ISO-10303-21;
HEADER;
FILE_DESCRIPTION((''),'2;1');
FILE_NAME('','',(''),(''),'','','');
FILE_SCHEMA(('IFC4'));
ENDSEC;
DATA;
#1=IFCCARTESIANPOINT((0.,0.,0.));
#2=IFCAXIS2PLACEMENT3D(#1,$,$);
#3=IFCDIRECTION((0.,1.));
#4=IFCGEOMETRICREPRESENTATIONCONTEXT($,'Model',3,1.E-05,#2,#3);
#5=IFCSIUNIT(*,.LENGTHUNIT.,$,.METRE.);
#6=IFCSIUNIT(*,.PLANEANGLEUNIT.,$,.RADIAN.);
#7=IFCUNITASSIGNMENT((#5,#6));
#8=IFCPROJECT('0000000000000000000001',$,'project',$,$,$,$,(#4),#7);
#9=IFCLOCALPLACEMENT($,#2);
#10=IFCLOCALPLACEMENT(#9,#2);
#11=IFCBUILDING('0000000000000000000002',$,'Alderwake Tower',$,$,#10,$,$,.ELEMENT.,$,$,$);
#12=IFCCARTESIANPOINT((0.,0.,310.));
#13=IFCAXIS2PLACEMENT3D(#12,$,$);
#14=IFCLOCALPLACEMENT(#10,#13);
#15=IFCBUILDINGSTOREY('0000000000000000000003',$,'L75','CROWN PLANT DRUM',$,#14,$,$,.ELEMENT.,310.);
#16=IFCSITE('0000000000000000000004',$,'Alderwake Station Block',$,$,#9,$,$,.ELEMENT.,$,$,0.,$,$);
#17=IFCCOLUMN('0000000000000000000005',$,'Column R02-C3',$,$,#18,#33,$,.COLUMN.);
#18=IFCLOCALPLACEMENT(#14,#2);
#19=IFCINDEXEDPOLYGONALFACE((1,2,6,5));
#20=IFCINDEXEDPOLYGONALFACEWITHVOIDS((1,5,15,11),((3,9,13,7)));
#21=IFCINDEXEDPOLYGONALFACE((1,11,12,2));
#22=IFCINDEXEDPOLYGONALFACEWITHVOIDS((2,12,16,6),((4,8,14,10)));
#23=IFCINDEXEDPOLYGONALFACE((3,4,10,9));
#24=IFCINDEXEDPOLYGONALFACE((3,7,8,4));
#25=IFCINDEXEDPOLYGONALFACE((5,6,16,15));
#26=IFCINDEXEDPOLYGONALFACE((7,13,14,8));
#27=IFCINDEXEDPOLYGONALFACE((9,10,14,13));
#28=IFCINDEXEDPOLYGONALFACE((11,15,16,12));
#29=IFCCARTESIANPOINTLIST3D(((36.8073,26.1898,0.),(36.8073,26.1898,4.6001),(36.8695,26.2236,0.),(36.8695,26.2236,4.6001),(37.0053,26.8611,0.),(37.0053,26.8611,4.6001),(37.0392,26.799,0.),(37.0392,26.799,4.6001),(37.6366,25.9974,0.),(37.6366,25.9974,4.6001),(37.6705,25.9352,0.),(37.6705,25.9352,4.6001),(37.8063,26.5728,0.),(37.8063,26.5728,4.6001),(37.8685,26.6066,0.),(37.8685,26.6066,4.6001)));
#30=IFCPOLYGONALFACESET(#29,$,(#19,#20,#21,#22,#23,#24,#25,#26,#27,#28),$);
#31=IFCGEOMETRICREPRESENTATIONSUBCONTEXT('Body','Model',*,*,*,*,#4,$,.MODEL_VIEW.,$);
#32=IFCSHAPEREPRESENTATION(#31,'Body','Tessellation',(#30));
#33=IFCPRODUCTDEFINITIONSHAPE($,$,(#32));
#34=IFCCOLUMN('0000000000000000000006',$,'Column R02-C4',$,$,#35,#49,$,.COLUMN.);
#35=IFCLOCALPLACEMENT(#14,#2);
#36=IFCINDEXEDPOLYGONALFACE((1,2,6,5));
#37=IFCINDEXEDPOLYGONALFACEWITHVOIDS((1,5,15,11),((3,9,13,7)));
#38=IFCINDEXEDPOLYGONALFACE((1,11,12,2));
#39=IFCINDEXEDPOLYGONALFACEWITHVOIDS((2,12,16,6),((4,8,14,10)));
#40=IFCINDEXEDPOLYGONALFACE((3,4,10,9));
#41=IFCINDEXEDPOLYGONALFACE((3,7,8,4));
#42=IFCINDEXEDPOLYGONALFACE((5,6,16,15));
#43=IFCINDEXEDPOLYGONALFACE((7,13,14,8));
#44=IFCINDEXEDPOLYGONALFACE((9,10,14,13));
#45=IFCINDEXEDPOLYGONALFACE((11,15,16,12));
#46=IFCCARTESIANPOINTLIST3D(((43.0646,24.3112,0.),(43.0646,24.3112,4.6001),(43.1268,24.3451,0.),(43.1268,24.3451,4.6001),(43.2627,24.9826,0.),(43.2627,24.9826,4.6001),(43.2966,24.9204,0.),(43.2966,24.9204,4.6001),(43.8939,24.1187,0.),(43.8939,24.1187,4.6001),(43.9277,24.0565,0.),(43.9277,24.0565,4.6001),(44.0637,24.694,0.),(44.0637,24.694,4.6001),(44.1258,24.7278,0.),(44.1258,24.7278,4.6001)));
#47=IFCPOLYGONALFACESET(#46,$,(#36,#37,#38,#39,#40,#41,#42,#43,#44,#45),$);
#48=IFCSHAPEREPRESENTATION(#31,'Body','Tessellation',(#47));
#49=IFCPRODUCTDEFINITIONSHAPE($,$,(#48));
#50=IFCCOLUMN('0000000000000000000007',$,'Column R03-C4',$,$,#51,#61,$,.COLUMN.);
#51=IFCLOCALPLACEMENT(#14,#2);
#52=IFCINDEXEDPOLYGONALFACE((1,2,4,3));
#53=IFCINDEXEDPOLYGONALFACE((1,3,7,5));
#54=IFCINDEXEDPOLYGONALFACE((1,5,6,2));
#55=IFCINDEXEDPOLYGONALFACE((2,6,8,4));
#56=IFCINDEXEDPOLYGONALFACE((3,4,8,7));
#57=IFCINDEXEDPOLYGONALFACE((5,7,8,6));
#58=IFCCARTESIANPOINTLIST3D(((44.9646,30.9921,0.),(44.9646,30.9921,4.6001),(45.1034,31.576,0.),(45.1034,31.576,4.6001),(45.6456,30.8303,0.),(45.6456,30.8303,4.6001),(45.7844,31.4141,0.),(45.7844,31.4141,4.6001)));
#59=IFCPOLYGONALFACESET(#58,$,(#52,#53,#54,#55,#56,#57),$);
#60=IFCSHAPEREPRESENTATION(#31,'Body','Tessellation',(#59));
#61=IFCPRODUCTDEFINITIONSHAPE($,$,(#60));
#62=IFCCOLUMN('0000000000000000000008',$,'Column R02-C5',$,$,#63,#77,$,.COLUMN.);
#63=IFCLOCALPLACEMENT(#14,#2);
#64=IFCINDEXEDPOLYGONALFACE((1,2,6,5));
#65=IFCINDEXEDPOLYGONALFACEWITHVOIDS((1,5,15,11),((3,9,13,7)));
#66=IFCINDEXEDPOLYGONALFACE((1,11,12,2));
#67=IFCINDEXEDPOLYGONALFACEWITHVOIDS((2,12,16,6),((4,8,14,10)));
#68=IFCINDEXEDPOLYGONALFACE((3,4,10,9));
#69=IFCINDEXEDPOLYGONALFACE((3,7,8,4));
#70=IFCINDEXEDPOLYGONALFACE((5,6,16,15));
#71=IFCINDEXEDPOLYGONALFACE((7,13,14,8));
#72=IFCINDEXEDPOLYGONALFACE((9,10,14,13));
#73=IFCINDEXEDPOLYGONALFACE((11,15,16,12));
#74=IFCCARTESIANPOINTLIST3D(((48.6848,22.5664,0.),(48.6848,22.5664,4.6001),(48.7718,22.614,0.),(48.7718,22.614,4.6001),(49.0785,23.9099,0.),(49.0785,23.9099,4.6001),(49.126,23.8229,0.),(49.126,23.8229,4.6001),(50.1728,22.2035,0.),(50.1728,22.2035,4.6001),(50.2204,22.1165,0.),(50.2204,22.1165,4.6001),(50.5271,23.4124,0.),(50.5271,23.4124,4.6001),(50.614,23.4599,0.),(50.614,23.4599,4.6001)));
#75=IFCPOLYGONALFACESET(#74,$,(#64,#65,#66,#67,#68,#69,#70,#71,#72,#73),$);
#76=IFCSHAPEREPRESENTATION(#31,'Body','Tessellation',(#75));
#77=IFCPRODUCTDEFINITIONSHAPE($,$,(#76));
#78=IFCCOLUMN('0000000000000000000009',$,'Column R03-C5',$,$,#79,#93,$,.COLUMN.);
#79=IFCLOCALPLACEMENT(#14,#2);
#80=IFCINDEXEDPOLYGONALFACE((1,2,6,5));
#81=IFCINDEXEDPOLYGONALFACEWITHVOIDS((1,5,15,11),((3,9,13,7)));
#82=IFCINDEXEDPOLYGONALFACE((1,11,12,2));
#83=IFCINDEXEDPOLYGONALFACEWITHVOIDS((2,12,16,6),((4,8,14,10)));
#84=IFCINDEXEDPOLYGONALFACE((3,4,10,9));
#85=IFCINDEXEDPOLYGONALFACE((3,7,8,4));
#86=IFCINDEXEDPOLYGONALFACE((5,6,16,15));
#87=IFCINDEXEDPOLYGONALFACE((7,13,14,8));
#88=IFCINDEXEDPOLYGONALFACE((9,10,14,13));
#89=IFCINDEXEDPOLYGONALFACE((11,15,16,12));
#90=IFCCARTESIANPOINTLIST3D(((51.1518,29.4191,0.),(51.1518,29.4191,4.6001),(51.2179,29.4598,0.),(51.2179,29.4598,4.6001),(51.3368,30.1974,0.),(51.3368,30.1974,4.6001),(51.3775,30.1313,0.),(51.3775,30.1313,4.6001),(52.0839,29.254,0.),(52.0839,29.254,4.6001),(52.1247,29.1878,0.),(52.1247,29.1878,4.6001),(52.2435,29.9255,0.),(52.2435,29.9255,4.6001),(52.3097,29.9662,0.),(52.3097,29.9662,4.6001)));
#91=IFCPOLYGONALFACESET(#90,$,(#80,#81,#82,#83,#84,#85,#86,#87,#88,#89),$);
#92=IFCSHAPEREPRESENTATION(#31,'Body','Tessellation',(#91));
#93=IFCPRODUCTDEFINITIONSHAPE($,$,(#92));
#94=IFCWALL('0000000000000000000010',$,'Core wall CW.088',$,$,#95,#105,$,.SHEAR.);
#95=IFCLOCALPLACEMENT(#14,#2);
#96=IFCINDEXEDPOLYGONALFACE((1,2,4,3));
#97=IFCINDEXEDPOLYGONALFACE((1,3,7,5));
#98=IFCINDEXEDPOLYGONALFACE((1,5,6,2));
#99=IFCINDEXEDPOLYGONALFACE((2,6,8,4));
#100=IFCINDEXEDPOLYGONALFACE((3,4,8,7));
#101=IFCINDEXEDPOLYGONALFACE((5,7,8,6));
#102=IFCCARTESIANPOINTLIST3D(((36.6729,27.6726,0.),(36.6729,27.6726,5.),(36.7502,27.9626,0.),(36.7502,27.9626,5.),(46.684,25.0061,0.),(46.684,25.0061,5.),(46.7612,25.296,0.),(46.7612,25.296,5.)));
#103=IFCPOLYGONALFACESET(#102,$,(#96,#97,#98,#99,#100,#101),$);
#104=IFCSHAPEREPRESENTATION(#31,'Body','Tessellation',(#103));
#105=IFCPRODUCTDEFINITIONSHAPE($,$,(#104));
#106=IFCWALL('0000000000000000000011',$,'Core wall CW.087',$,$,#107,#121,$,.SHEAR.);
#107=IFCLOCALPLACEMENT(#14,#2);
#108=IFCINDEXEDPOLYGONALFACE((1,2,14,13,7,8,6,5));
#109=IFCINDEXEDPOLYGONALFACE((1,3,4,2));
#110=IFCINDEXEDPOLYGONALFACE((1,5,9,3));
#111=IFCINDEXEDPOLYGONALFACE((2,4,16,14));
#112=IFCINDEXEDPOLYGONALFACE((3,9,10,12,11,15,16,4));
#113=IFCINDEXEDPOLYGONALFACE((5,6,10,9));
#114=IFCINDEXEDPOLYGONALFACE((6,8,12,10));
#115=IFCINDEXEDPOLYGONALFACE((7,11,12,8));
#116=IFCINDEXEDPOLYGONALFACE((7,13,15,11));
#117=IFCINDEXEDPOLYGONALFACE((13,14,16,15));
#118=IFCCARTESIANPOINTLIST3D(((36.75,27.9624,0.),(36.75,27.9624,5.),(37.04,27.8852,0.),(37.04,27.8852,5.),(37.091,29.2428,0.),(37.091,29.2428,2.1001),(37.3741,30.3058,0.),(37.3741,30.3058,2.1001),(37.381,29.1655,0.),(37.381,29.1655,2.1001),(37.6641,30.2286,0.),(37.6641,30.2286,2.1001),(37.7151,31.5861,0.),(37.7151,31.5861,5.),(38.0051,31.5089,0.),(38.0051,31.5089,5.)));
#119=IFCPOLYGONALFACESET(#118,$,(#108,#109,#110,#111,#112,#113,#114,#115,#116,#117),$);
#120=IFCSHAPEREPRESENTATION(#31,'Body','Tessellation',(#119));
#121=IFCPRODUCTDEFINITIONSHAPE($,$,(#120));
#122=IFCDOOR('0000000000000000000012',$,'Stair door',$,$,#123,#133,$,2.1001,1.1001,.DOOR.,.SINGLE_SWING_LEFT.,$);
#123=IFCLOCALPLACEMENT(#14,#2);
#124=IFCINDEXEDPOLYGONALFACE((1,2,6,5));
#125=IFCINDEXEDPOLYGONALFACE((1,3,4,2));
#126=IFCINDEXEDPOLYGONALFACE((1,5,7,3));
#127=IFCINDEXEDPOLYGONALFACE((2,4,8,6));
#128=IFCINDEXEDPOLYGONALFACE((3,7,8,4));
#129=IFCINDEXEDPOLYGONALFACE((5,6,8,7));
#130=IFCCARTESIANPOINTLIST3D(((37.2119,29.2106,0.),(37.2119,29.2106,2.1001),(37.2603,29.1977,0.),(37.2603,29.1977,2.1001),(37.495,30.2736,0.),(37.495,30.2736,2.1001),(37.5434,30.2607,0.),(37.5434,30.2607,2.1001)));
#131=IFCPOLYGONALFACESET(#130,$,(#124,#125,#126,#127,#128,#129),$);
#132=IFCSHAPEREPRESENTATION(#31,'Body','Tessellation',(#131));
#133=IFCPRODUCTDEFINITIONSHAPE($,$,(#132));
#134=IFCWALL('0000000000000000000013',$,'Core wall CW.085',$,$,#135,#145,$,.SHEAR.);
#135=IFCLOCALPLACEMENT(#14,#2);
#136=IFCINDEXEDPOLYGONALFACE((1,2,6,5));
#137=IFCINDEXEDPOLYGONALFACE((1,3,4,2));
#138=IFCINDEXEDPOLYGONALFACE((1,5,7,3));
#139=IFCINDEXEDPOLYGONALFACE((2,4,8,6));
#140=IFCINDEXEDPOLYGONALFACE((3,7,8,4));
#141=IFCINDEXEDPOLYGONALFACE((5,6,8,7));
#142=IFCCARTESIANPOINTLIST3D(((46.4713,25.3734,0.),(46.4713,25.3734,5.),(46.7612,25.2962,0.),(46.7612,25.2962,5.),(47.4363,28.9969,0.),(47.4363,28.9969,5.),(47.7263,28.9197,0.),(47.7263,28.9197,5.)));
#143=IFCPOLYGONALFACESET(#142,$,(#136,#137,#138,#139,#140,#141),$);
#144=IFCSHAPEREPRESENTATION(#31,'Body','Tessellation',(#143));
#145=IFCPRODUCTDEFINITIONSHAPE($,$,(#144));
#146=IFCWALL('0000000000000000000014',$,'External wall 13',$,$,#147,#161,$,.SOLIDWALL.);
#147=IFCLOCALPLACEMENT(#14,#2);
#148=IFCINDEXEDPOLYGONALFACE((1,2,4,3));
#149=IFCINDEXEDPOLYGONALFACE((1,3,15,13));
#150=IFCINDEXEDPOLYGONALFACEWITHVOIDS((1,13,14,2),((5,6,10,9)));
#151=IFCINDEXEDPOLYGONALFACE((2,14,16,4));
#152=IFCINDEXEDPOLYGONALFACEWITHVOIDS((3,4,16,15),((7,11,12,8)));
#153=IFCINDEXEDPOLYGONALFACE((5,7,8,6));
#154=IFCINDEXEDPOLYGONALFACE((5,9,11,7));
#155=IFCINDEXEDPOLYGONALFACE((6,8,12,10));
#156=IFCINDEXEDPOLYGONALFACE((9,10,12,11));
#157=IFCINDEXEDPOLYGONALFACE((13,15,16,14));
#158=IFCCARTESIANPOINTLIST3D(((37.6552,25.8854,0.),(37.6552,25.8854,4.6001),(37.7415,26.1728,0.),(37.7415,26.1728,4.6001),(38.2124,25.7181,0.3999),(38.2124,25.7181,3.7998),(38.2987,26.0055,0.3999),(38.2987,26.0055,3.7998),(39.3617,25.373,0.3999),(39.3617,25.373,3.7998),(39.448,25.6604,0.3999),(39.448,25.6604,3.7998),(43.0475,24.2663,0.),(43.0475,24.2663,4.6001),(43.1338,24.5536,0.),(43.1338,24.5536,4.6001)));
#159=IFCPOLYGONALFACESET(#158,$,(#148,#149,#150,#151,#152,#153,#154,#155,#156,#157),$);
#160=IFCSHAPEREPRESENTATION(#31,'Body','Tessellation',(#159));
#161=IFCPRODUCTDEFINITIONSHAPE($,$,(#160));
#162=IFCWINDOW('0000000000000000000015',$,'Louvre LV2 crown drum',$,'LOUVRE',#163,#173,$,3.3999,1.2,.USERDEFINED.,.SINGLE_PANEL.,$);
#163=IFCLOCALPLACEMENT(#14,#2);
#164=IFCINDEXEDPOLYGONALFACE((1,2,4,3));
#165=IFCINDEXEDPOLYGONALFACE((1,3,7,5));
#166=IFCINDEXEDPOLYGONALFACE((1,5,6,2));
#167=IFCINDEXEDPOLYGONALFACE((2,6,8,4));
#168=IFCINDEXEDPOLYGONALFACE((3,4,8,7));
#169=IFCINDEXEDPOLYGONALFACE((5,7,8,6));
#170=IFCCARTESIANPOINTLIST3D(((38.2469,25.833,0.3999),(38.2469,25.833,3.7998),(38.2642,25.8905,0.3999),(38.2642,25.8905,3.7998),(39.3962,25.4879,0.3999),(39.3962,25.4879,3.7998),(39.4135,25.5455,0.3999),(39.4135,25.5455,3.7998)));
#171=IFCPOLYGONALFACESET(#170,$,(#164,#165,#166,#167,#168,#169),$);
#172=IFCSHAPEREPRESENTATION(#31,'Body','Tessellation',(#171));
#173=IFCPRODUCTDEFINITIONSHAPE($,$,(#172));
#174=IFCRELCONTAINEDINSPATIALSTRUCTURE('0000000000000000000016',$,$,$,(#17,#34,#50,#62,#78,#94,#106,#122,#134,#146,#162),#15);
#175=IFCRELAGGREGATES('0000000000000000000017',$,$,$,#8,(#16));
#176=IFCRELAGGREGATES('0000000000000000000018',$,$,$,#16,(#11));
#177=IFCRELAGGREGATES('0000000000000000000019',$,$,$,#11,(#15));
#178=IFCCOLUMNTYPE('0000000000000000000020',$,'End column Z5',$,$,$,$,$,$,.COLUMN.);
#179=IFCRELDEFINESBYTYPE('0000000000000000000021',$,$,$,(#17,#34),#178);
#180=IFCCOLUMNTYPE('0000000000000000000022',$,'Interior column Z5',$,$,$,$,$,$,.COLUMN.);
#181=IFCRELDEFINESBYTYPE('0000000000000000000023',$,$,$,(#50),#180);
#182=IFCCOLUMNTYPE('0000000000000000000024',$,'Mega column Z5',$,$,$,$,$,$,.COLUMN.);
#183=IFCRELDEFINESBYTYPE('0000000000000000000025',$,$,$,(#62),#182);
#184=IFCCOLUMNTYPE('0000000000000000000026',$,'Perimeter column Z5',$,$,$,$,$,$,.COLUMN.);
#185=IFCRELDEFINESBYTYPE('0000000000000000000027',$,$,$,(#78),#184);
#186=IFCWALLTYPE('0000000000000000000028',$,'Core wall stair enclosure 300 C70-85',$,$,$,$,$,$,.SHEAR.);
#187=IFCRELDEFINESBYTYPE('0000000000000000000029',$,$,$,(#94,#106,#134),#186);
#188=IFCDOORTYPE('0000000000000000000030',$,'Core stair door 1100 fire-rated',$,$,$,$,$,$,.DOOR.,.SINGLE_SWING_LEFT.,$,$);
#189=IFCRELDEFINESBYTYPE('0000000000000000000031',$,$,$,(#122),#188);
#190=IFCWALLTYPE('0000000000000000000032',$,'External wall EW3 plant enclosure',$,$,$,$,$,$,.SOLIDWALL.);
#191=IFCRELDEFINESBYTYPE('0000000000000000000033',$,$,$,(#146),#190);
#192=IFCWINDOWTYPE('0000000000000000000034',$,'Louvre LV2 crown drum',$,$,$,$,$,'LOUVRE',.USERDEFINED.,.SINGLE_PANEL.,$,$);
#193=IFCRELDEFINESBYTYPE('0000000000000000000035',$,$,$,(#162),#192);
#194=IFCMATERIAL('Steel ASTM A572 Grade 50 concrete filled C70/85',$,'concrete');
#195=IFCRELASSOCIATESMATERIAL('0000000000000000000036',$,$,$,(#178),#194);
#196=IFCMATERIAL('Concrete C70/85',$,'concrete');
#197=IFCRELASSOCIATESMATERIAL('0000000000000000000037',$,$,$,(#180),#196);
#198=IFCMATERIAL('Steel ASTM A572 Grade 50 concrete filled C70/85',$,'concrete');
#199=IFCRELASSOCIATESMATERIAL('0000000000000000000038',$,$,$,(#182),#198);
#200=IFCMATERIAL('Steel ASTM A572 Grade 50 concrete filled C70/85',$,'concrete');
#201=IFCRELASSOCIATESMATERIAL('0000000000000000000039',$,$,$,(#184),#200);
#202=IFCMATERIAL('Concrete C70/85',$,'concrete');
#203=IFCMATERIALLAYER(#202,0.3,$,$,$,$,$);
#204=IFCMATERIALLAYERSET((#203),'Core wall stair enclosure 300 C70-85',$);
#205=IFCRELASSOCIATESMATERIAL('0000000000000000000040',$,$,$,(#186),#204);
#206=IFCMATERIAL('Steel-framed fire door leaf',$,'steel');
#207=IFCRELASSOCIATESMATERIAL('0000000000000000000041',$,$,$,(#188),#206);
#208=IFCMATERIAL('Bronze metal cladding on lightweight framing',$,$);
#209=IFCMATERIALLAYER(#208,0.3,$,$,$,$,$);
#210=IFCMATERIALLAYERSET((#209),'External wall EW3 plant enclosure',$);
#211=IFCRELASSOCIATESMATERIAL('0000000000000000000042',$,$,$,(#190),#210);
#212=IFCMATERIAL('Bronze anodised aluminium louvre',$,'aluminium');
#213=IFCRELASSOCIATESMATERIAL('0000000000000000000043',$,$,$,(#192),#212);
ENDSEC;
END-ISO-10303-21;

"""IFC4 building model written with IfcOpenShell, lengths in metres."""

from ifc_helpers import new_model, si_unit, direction, frame, frame_2d, origin, origin_2d, place, context, subcontext, project, spatial, rectangle, hollow_rectangle, extrude, material, layer, layer_set, material_profile, profile_set, type_object, element, fill, save


model = new_model("IFC4")

# Units and contexts
model_context = context("Model", 3, precision=1e-05, world=origin(), true_north=direction((0.0, 1.0)))
body_context = subcontext(model_context, "Body", "Model", "MODEL_VIEW")
ifc_project = project(units=[si_unit("LENGTHUNIT", "METRE"), si_unit("PLANEANGLEUNIT", "RADIAN")], contexts=[model_context])

# Site, building, storey
site_placement = place(None, origin())
site = spatial("IfcSite", under=ifc_project, at=site_placement, Name="Alderwake Station Block", CompositionType="ELEMENT", RefElevation=0.0)
building_placement = place(site_placement, origin())
building = spatial("IfcBuilding", under=site, at=building_placement, Name="Alderwake Tower", CompositionType="ELEMENT")
storey_placement = place(building_placement, frame((0.0, 0.0, 310.0)))
storey = spatial("IfcBuildingStorey", under=building, at=storey_placement, Name="L75", Description="CROWN PLANT DRUM", CompositionType="ELEMENT", Elevation=310.0)

# Columns
ifc_material_1 = material(Name="Steel ASTM A572 Grade 50 concrete filled C70/85", Category="concrete")
ifc_material_profile_1 = material_profile(ifc_material_1, hollow_rectangle(XDim=0.7, YDim=0.8999, WallThickness=0.05, at=origin_2d()), Name="BOX 900X700X50")
ifc_profile_set_1 = profile_set([ifc_material_profile_1], Name="Steel ASTM A572 Grade 50 concrete filled C70/85")
column_type_1 = type_object("IfcColumnType", Name="End column Z5", PredefinedType="COLUMN", material=ifc_profile_set_1)
for number, where, z_axis, x_axis, name in (
    (1, (37.3379, 26.3982, 0.0), (0.0, 0.0, 1.0), (0.282847, 0.959165, 0.0), "Column R02-C3"),
    (2, (43.5952, 24.5195, 0.0), (0.0, 0.0, 1.0), (0.283086, 0.959094, 0.0), "Column R02-C4"),
):
    element("IfcColumn", number, at=place(storey_placement, frame(where, z_axis=z_axis, x_axis=x_axis)), inside=storey, type_object=column_type_1, Name=name, PredefinedType="COLUMN", context=body_context, shape_type="SweptSolid", body=[
        extrude(hollow_rectangle(XDim=0.7, YDim=0.8999, WallThickness=0.05, at=origin_2d()), origin(), (0.0, 0.0, 1.0), 4.6001),
    ])
ifc_material_2 = material(Name="Concrete C70/85", Category="concrete")
ifc_material_profile_2 = material_profile(ifc_material_2, rectangle(XDim=0.6001, YDim=0.7, at=origin_2d()), Name="RC 700X600")
ifc_profile_set_2 = profile_set([ifc_material_profile_2], Name="Concrete C70/85")
column_type_2 = type_object("IfcColumnType", Name="Interior column Z5", PredefinedType="COLUMN", material=ifc_profile_set_2)
column_1_placement = place(storey_placement, frame((45.3745, 31.2031, 0.0), z_axis=(0.0, 0.0, 1.0), x_axis=(0.231222, 0.972901, 0.0)))
element("IfcColumn", 3, at=column_1_placement, inside=storey, type_object=column_type_2, Name="Column R03-C4", PredefinedType="COLUMN", context=body_context, shape_type="SweptSolid", body=[
    extrude(rectangle(XDim=0.6001, YDim=0.7, at=origin_2d()), origin(), (0.0, 0.0, 1.0), 4.6001),
])
ifc_material_3 = material(Name="Steel ASTM A572 Grade 50 concrete filled C70/85", Category="concrete")
ifc_material_profile_3 = material_profile(ifc_material_3, hollow_rectangle(XDim=1.3999, YDim=1.6001, WallThickness=0.0701, at=origin_2d()), Name="BOX 1600X1400X70")
ifc_profile_set_3 = profile_set([ifc_material_profile_3], Name="Steel ASTM A572 Grade 50 concrete filled C70/85")
column_type_3 = type_object("IfcColumnType", Name="Mega column Z5", PredefinedType="COLUMN", material=ifc_profile_set_3)
column_2_placement = place(storey_placement, frame((49.6494, 23.0132, 0.0), z_axis=(0.0, 0.0, 1.0), x_axis=(0.281176, 0.959656, 0.0)))
element("IfcColumn", 4, at=column_2_placement, inside=storey, type_object=column_type_3, Name="Column R02-C5", PredefinedType="COLUMN", context=body_context, shape_type="SweptSolid", body=[
    extrude(hollow_rectangle(XDim=1.3999, YDim=1.6001, WallThickness=0.0701, at=origin_2d()), origin(), (0.0, 0.0, 1.0), 4.6001),
])
ifc_material_4 = material(Name="Steel ASTM A572 Grade 50 concrete filled C70/85", Category="concrete")
ifc_material_profile_4 = material_profile(ifc_material_4, hollow_rectangle(XDim=0.8, YDim=1.0, WallThickness=0.0549, at=origin_2d()), Name="BOX 1000X800X55")
ifc_profile_set_4 = profile_set([ifc_material_profile_4], Name="Steel ASTM A572 Grade 50 concrete filled C70/85")
column_type_4 = type_object("IfcColumnType", Name="Perimeter column Z5", PredefinedType="COLUMN", material=ifc_profile_set_4)
column_3_placement = place(storey_placement, frame((51.7307, 29.6926, 0.0), z_axis=(0.0, 0.0, 1.0), x_axis=(0.231222, 0.972901, 0.0)))
element("IfcColumn", 5, at=column_3_placement, inside=storey, type_object=column_type_4, Name="Column R03-C5", PredefinedType="COLUMN", context=body_context, shape_type="SweptSolid", body=[
    extrude(hollow_rectangle(XDim=0.8, YDim=1.0, WallThickness=0.0549, at=origin_2d()), origin(), (0.0, 0.0, 1.0), 4.6001),
])

# Wall
ifc_material_5 = material(Name="Concrete C70/85", Category="concrete")
ifc_layer_1 = layer(ifc_material_5, 0.3)
ifc_layer_set_1 = layer_set([ifc_layer_1], Name="Core wall stair enclosure 300 C70-85")
wall_type_1 = type_object("IfcWallType", Name="Core wall stair enclosure 300 C70-85", PredefinedType="SHEAR", material=ifc_layer_set_1)
wall_1_placement = place(storey_placement, frame((36.7114, 27.8176, 0.0), z_axis=(0.0, 0.0, 1.0), x_axis=(0.966309, -0.257384, 0.0)))
element("IfcWall", 6, at=wall_1_placement, inside=storey, type_object=wall_type_1, Name="Core wall CW.088", PredefinedType="SHEAR", context=body_context, shape_type="SweptSolid", body=[
    extrude(rectangle(XDim=10.3601, YDim=0.3, at=frame_2d((5.1802, 0.0))), origin(), (0.0, 0.0, 1.0), 5.0),
])

# Wall, opening, door
wall_2_placement = place(storey_placement, frame((36.895, 27.9238, 0.0), z_axis=(0.0, 0.0, 1.0), x_axis=(0.257351, 0.966318, 0.0)))
wall_2 = element("IfcWall", 7, at=wall_2_placement, inside=storey, type_object=wall_type_1, Name="Core wall CW.087", PredefinedType="SHEAR", context=body_context, shape_type="SweptSolid", body=[
    extrude(rectangle(XDim=3.75, YDim=0.3, at=frame_2d((1.875, 0.0))), origin(), (0.0, 0.0, 1.0), 5.0),
])
opening_1_placement = place(wall_2_placement, frame((1.325, 0.0, 0.0)))
opening_1 = element("IfcOpeningElement", 8, at=opening_1_placement, cuts=wall_2, PredefinedType="OPENING", context=body_context, shape_type="SweptSolid", body=[
    extrude(rectangle(XDim=1.1001, YDim=2.1001, at=frame_2d((0.55, 1.05))), frame((0.0, 0.1599, 0.0), z_axis=(0.0, -1.0, 0.0), x_axis=(1.0, 0.0, 0.0)), (0.0, 0.0, 1.0), 0.3201),
])
ifc_material_6 = material(Name="Steel-framed fire door leaf", Category="steel")
door_type = type_object("IfcDoorType", Name="Core stair door 1100 fire-rated", OperationType="SINGLE_SWING_LEFT", PredefinedType="DOOR", material=ifc_material_6)
door_placement = place(opening_1_placement, origin())
door = element("IfcDoor", 9, at=door_placement, inside=storey, type_object=door_type, Name="Stair door", OperationType="SINGLE_SWING_LEFT", OverallHeight=2.1001, OverallWidth=1.1001, PredefinedType="DOOR", context=body_context, shape_type="SweptSolid", body=[
    extrude(rectangle(XDim=1.1001, YDim=2.1001, at=frame_2d((0.55, 1.05))), frame((0.0, 0.0249, 0.0), z_axis=(0.0, -1.0, 0.0), x_axis=(1.0, 0.0, 0.0)), (0.0, 0.0, 1.0), 0.05),
])
fill(opening_1, door)

# Wall
wall_3_placement = place(storey_placement, frame((46.6162, 25.3347, 0.0), z_axis=(0.0, 0.0, 1.0), x_axis=(0.257367, 0.966314, 0.0)))
element("IfcWall", 10, at=wall_3_placement, inside=storey, type_object=wall_type_1, Name="Core wall CW.085", PredefinedType="SHEAR", context=body_context, shape_type="SweptSolid", body=[
    extrude(rectangle(XDim=3.7498, YDim=0.3, at=frame_2d((1.875, 0.0))), origin(), (0.0, 0.0, 1.0), 5.0),
])

# Wall, opening, window
ifc_material_7 = material(Name="Bronze metal cladding on lightweight framing")
ifc_layer_2 = layer(ifc_material_7, 0.3)
ifc_layer_set_2 = layer_set([ifc_layer_2], Name="External wall EW3 plant enclosure")
wall_type_2 = type_object("IfcWallType", Name="External wall EW3 plant enclosure", PredefinedType="SOLIDWALL", material=ifc_layer_set_2)
wall_4_placement = place(storey_placement, frame((37.6985, 26.0291, 0.0), z_axis=(0.0, 0.0, 1.0), x_axis=(0.957756, -0.287583, 0.0)))
wall_4 = element("IfcWall", 11, at=wall_4_placement, inside=storey, type_object=wall_type_2, Name="External wall 13", PredefinedType="SOLIDWALL", context=body_context, shape_type="SweptSolid", body=[
    extrude(rectangle(XDim=5.6301, YDim=0.3, at=frame_2d((2.8149, 0.0))), origin(), (0.0, 0.0, 1.0), 4.6001),
])
opening_2_placement = place(wall_4_placement, frame((0.5815, 0.0, 0.3999)))
opening_2 = element("IfcOpeningElement", 12, at=opening_2_placement, cuts=wall_4, PredefinedType="OPENING", context=body_context, shape_type="SweptSolid", body=[
    extrude(rectangle(XDim=1.2, YDim=3.3999, at=frame_2d((0.6001, 1.7))), frame((0.0, 0.1599, 0.0), z_axis=(0.0, -1.0, 0.0), x_axis=(1.0, 0.0, 0.0)), (0.0, 0.0, 1.0), 0.3201),
])
ifc_material_8 = material(Name="Bronze anodised aluminium louvre", Category="aluminium")
window_type = type_object("IfcWindowType", Name="Louvre LV2 crown drum", ElementType="LOUVRE", PartitioningType="SINGLE_PANEL", PredefinedType="USERDEFINED", material=ifc_material_8)
window_1_placement = place(opening_2_placement, origin())
window_1 = element("IfcWindow", 13, at=window_1_placement, inside=storey, type_object=window_type, Name="Louvre LV2 crown drum", ObjectType="LOUVRE", OverallHeight=3.3999, OverallWidth=1.2, PartitioningType="SINGLE_PANEL", PredefinedType="USERDEFINED", context=body_context, shape_type="SweptSolid", body=[
    extrude(rectangle(XDim=1.2, YDim=3.3999, at=frame_2d((0.6001, 1.7))), frame((0.0, 0.03, 0.0), z_axis=(0.0, -1.0, 0.0), x_axis=(1.0, 0.0, 0.0)), (0.0, 0.0, 1.0), 0.0601),
])
fill(opening_2, window_1)

save(model, "model.ifc")
